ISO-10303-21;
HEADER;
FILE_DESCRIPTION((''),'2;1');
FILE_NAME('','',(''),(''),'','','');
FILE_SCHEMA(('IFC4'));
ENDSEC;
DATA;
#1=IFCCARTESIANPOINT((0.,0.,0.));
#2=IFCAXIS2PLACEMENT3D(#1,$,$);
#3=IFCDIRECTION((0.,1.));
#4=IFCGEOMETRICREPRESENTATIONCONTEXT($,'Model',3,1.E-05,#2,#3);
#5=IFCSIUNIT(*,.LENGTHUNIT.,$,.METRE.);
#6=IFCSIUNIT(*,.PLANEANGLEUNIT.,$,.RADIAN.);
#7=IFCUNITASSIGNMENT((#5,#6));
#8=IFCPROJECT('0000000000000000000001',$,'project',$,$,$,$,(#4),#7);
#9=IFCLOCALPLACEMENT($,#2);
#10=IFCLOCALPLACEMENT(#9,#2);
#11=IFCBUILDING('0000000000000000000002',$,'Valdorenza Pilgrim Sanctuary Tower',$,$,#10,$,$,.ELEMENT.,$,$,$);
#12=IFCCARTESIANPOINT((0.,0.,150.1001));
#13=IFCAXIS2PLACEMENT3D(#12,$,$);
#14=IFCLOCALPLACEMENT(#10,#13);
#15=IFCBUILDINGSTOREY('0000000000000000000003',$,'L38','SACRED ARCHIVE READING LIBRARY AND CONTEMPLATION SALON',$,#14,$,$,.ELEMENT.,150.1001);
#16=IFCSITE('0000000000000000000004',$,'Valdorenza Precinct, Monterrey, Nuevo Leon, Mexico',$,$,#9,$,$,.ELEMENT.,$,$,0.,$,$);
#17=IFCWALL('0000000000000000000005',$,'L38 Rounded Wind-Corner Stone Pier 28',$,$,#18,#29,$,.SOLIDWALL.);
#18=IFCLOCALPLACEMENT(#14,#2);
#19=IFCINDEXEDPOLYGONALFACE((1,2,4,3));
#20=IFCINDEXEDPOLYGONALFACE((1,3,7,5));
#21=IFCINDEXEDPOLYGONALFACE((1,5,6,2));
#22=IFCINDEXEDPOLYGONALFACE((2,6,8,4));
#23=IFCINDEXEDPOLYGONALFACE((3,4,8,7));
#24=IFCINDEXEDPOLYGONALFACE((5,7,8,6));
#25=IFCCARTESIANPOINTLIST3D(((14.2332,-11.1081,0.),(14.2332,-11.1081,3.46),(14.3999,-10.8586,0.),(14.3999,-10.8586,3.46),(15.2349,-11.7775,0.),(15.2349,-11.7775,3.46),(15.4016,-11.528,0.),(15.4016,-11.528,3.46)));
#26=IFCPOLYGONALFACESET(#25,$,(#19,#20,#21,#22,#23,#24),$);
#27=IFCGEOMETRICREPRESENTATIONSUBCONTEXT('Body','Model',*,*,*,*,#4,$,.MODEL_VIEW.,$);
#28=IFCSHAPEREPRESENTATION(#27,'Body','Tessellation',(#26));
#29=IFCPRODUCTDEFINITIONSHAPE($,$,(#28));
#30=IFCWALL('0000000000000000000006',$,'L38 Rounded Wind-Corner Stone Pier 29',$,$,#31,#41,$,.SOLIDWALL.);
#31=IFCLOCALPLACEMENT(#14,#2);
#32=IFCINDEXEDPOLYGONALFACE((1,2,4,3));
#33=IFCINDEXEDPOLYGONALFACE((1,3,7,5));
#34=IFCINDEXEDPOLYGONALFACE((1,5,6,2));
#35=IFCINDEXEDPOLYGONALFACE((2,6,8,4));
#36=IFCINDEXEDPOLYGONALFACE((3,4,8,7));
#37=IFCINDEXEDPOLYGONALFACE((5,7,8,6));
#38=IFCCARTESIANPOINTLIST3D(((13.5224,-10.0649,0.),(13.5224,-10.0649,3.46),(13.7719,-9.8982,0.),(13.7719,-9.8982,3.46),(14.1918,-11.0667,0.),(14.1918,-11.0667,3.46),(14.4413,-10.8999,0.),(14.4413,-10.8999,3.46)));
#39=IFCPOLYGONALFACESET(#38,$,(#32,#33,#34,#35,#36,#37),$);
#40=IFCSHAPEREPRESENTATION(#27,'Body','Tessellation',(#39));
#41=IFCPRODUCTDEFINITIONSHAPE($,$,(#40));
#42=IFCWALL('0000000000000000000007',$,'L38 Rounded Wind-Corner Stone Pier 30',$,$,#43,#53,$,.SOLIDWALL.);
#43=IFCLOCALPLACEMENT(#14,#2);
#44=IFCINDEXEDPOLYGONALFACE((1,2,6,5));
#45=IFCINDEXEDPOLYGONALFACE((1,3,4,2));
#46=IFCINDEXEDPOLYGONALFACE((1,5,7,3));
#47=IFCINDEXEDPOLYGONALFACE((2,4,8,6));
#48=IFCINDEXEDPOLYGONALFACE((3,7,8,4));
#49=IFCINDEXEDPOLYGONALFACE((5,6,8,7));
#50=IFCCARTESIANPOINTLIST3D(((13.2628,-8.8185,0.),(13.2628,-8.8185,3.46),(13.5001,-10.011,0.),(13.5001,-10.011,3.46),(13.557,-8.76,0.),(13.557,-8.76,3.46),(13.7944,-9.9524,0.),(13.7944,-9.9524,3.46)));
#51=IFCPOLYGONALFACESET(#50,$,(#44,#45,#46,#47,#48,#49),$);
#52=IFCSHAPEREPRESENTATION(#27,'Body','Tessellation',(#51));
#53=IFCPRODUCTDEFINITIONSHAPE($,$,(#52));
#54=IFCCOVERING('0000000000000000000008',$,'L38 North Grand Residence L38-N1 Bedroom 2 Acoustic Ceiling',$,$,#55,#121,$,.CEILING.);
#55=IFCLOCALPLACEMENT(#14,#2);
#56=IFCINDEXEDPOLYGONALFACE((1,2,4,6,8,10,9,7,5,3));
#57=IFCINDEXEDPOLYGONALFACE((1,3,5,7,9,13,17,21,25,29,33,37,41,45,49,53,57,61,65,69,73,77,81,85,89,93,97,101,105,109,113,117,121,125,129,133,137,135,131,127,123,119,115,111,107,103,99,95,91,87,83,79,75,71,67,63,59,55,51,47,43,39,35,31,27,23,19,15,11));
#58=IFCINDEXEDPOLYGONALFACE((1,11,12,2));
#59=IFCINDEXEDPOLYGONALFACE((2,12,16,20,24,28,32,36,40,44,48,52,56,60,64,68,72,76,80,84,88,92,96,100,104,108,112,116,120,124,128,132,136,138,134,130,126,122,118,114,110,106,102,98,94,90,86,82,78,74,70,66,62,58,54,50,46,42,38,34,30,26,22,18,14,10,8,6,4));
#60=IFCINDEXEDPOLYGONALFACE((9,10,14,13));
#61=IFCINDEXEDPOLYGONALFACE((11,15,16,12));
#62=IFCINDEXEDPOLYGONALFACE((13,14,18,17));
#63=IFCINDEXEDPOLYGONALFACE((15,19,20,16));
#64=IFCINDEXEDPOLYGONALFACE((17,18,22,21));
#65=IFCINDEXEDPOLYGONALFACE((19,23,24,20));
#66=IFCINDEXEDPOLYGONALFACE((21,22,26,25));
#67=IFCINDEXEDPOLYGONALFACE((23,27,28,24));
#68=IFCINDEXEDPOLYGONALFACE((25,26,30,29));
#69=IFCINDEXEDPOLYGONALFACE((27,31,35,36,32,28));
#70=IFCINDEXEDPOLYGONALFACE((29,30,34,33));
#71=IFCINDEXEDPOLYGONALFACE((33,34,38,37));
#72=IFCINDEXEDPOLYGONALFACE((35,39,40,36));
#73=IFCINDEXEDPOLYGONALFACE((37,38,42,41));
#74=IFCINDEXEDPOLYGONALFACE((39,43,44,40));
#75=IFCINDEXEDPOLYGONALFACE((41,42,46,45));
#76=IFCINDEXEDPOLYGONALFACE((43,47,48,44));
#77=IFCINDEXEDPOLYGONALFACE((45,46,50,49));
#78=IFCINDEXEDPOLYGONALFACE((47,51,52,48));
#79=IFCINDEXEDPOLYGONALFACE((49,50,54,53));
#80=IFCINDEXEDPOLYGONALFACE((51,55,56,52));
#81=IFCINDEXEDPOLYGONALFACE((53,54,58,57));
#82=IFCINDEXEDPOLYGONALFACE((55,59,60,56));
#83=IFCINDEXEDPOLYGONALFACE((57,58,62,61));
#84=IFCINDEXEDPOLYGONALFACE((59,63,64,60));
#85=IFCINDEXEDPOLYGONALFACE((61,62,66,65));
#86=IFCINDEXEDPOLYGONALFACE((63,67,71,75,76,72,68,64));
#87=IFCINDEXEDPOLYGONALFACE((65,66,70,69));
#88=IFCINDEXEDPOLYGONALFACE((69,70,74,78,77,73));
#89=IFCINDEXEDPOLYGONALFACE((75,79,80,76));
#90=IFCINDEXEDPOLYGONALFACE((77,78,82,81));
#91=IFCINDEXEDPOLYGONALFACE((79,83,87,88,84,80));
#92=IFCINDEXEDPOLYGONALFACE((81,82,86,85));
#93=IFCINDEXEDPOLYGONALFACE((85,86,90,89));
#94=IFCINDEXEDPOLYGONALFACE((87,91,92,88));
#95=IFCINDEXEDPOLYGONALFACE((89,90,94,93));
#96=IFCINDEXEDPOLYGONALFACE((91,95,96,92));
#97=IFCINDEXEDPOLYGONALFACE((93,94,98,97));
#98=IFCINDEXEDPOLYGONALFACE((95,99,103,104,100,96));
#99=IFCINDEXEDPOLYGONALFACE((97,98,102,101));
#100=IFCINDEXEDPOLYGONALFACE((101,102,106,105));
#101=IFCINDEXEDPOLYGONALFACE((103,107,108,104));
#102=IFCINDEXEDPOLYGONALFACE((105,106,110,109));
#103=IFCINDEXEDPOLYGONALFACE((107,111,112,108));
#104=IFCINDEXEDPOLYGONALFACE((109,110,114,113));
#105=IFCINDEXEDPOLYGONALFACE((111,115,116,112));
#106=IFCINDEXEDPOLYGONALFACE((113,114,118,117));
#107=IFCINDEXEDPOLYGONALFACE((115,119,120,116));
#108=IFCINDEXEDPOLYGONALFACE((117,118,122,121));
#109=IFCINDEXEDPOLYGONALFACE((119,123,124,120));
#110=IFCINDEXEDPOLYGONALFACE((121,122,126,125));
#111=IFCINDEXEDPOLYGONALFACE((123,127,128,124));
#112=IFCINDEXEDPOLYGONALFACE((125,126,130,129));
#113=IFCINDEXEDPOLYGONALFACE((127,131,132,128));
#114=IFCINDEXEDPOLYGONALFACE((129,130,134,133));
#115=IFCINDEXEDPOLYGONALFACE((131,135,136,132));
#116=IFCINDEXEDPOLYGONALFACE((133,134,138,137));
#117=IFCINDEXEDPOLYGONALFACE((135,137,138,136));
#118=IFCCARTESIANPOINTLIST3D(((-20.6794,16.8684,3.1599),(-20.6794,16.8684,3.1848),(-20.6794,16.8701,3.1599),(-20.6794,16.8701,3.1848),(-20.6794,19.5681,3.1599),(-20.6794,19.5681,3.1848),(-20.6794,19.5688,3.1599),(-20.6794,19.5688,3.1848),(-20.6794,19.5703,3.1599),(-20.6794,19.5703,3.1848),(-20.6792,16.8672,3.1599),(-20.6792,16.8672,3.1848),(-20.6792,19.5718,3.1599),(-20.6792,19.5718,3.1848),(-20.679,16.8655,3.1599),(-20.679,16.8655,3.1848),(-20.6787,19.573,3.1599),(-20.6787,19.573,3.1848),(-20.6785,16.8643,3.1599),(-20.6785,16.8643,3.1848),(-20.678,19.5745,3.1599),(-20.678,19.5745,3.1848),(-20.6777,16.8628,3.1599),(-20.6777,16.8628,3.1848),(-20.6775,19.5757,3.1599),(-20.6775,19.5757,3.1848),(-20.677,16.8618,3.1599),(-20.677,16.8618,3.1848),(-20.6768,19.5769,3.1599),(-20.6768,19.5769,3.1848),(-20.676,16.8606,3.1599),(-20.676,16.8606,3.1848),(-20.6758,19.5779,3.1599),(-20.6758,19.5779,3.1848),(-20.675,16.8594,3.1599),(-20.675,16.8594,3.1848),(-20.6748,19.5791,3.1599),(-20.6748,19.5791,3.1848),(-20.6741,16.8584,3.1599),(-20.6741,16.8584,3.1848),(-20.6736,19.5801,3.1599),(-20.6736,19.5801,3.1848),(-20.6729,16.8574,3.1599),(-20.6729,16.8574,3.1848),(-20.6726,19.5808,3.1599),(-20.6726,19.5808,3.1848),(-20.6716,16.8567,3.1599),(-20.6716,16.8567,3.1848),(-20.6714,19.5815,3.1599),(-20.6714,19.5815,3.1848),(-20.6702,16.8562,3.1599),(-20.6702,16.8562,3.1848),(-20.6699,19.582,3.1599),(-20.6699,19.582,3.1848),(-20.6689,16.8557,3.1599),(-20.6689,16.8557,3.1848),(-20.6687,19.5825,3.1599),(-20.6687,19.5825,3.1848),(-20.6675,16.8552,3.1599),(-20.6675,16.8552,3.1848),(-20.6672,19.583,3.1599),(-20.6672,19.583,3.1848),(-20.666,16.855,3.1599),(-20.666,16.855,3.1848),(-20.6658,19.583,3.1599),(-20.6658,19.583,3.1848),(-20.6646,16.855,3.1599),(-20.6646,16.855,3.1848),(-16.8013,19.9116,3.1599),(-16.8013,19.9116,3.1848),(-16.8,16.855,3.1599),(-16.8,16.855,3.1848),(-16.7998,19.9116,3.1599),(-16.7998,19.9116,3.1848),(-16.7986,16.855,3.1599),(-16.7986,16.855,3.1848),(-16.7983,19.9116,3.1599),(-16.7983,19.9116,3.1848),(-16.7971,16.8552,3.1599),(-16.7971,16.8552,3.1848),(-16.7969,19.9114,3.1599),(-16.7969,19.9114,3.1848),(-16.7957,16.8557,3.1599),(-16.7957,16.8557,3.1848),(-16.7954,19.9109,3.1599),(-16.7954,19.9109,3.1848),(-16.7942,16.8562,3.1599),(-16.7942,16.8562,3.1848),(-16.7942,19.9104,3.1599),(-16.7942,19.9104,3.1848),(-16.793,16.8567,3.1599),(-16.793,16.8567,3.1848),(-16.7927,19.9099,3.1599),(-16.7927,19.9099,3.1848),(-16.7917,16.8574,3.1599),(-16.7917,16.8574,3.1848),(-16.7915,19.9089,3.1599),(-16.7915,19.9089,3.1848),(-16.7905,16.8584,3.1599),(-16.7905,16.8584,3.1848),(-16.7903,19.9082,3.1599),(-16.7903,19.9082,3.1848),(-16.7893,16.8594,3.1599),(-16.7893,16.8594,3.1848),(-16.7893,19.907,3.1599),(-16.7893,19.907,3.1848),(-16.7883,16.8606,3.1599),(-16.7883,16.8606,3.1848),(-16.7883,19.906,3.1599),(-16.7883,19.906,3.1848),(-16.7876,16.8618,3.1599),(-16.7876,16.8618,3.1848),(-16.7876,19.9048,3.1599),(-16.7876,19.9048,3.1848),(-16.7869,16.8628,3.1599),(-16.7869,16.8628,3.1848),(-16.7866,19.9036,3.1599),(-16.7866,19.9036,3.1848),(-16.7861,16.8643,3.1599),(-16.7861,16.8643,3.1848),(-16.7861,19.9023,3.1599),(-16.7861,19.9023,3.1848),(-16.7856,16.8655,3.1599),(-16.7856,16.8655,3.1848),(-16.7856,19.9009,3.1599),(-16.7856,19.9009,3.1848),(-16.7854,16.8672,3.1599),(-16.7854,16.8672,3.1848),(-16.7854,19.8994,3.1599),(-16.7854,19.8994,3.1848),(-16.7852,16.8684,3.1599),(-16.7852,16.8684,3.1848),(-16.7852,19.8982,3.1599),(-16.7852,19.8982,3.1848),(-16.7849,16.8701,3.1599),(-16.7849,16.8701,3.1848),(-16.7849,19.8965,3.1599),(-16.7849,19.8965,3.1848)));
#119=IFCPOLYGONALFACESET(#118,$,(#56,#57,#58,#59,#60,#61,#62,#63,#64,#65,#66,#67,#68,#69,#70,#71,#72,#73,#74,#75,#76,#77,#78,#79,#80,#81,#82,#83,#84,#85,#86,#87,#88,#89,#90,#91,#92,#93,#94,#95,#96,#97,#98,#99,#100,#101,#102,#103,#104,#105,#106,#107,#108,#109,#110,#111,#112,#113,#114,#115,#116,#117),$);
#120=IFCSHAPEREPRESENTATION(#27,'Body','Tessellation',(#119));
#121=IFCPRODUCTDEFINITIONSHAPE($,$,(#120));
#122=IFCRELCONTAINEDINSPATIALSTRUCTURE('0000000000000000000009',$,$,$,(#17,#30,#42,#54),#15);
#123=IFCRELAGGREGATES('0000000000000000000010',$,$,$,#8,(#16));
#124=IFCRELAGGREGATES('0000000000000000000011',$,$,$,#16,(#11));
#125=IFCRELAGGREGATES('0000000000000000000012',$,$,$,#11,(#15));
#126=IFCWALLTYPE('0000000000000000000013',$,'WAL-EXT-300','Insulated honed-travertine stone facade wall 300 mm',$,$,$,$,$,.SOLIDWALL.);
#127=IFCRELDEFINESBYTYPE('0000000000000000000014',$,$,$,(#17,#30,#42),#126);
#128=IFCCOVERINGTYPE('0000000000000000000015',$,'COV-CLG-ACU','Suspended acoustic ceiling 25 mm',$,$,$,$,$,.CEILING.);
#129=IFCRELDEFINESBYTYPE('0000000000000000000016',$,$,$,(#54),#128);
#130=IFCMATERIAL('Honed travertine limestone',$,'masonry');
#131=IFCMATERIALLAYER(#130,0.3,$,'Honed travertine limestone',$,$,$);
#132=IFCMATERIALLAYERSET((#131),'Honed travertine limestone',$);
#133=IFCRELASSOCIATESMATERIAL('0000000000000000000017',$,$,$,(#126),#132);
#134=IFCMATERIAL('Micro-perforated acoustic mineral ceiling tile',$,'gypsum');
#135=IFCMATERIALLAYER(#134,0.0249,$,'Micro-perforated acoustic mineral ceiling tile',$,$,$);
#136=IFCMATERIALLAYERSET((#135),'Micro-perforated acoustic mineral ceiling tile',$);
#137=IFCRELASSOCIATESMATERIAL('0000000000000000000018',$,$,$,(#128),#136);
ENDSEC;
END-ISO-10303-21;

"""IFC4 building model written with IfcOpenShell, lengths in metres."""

from ifc_helpers import new_model, si_unit, direction, frame, frame_2d, origin, place, context, subcontext, project, spatial, polyline, rectangle, outline, extrude, material, layer, layer_set, type_object, element, save


model = new_model("IFC4")

# Units and contexts
model_context = context("Model", 3, precision=1e-05, world=origin(), true_north=direction((0.0, 1.0)))
body_context = subcontext(model_context, "Body", "Model", "MODEL_VIEW")
ifc_project = project(units=[si_unit("LENGTHUNIT", "METRE"), si_unit("PLANEANGLEUNIT", "RADIAN")], contexts=[model_context])

# Site, building, storey
site_placement = place(None, origin())
site = spatial("IfcSite", under=ifc_project, at=site_placement, Name="Valdorenza Precinct, Monterrey, Nuevo Leon, Mexico", CompositionType="ELEMENT", RefElevation=0.0)
building_placement = place(site_placement, origin())
building = spatial("IfcBuilding", under=site, at=building_placement, Name="Valdorenza Pilgrim Sanctuary Tower", CompositionType="ELEMENT")
storey_placement = place(building_placement, frame((0.0, 0.0, 150.1001)))
storey = spatial("IfcBuildingStorey", under=building, at=storey_placement, Name="L38", Description="SACRED ARCHIVE READING LIBRARY AND CONTEMPLATION SALON", CompositionType="ELEMENT", Elevation=150.1001)

# Shared definitions
ifc_material_1 = material(Name="Honed travertine limestone", Category="masonry")

# Walls
ifc_layer_1 = layer(ifc_material_1, 0.3, Name="Honed travertine limestone")
ifc_layer_set_1 = layer_set([ifc_layer_1], Name="Honed travertine limestone")
wall_type_1 = type_object("IfcWallType", Name="WAL-EXT-300", Description="Insulated honed-travertine stone facade wall 300 mm", PredefinedType="SOLIDWALL", material=ifc_layer_set_1)
for number, where, z_axis, x_axis, name in (
    (1, (15.3184, -11.6528, 0.0), (0.0, 0.0, 1.0), (-0.831426, 0.555635, 0.0), "L38 Rounded Wind-Corner Stone Pier 28"),
    (2, (14.3167, -10.9834, 0.0), (0.0, 0.0, 1.0), (-0.555635, 0.831426, 0.0), "L38 Rounded Wind-Corner Stone Pier 29"),
):
    element("IfcWall", number, at=place(storey_placement, frame(where, z_axis=z_axis, x_axis=x_axis)), inside=storey, type_object=wall_type_1, Name=name, PredefinedType="SOLIDWALL", context=body_context, shape_type="SweptSolid", body=[
        extrude(rectangle(XDim=1.2048, YDim=0.3, at=frame_2d((0.6025, 0.0))), origin(), (0.0, 0.0, 1.0), 3.46),
    ])
wall_1_placement = place(storey_placement, frame((13.6472, -9.9817, 0.0), z_axis=(0.0, 0.0, 1.0), x_axis=(-0.195189, 0.980766, 0.0)))
element("IfcWall", 3, at=wall_1_placement, inside=storey, type_object=wall_type_1, Name="L38 Rounded Wind-Corner Stone Pier 30", PredefinedType="SOLIDWALL", context=body_context, shape_type="SweptSolid", body=[
    extrude(rectangle(XDim=1.2158, YDim=0.3, at=frame_2d((0.6079, 0.0))), origin(), (0.0, 0.0, 1.0), 3.46),
])

# Covering
ifc_material_2 = material(Name="Micro-perforated acoustic mineral ceiling tile", Category="gypsum")
ifc_layer_2 = layer(ifc_material_2, 0.0249, Name="Micro-perforated acoustic mineral ceiling tile")
ifc_layer_set_2 = layer_set([ifc_layer_2], Name="Micro-perforated acoustic mineral ceiling tile")
covering_type_1 = type_object("IfcCoveringType", Name="COV-CLG-ACU", Description="Suspended acoustic ceiling 25 mm", PredefinedType="CEILING", material=ifc_layer_set_2)
covering_1_placement = place(storey_placement, frame((0.0, 0.0, 3.1599)))
element("IfcCovering", 4, at=covering_1_placement, inside=storey, type_object=covering_type_1, Name="L38 North Grand Residence L38-N1 Bedroom 2 Acoustic Ceiling", PredefinedType="CEILING", context=body_context, shape_type="SweptSolid", body=[
    extrude(outline(polyline([(-20.6794, 19.5681), (-20.6794, 19.5688), (-20.6794, 19.5703), (-20.6792, 19.5718), (-20.6787, 19.573), (-20.678, 19.5745), (-20.6775, 19.5757), (-20.6768, 19.5769), (-20.6758, 19.5779), (-20.6748, 19.5791), (-20.6736, 19.5801), (-20.6726, 19.5808), (-20.6714, 19.5815), (-20.6699, 19.582), (-20.6687, 19.5825), (-20.6672, 19.583), (-20.6658, 19.583), (-16.8013, 19.9116), (-16.7998, 19.9116), (-16.7983, 19.9116), (-16.7969, 19.9114), (-16.7954, 19.9109), (-16.7942, 19.9104), (-16.7927, 19.9099), (-16.7915, 19.9089), (-16.7903, 19.9082), (-16.7893, 19.907), (-16.7883, 19.906), (-16.7876, 19.9048), (-16.7866, 19.9036), (-16.7861, 19.9023), (-16.7856, 19.9009), (-16.7854, 19.8994), (-16.7852, 19.8982), (-16.7849, 19.8965), (-16.7849, 16.8701), (-16.7852, 16.8684), (-16.7854, 16.8672), (-16.7856, 16.8655), (-16.7861, 16.8643), (-16.7869, 16.8628), (-16.7876, 16.8618), (-16.7883, 16.8606), (-16.7893, 16.8594), (-16.7905, 16.8584), (-16.7917, 16.8574), (-16.793, 16.8567), (-16.7942, 16.8562), (-16.7957, 16.8557), (-16.7971, 16.8552), (-16.7986, 16.855), (-16.8, 16.855), (-20.6646, 16.855), (-20.666, 16.855), (-20.6675, 16.8552), (-20.6689, 16.8557), (-20.6702, 16.8562), (-20.6716, 16.8567), (-20.6729, 16.8574), (-20.6741, 16.8584), (-20.675, 16.8594), (-20.676, 16.8606), (-20.677, 16.8618), (-20.6777, 16.8628), (-20.6785, 16.8643), (-20.679, 16.8655), (-20.6792, 16.8672), (-20.6794, 16.8684), (-20.6794, 16.8701), (-20.6794, 19.5681), (-20.6794, 19.5681)])), origin(), (0.0, 0.0, 1.0), 0.0249),
])

save(model, "model.ifc")
